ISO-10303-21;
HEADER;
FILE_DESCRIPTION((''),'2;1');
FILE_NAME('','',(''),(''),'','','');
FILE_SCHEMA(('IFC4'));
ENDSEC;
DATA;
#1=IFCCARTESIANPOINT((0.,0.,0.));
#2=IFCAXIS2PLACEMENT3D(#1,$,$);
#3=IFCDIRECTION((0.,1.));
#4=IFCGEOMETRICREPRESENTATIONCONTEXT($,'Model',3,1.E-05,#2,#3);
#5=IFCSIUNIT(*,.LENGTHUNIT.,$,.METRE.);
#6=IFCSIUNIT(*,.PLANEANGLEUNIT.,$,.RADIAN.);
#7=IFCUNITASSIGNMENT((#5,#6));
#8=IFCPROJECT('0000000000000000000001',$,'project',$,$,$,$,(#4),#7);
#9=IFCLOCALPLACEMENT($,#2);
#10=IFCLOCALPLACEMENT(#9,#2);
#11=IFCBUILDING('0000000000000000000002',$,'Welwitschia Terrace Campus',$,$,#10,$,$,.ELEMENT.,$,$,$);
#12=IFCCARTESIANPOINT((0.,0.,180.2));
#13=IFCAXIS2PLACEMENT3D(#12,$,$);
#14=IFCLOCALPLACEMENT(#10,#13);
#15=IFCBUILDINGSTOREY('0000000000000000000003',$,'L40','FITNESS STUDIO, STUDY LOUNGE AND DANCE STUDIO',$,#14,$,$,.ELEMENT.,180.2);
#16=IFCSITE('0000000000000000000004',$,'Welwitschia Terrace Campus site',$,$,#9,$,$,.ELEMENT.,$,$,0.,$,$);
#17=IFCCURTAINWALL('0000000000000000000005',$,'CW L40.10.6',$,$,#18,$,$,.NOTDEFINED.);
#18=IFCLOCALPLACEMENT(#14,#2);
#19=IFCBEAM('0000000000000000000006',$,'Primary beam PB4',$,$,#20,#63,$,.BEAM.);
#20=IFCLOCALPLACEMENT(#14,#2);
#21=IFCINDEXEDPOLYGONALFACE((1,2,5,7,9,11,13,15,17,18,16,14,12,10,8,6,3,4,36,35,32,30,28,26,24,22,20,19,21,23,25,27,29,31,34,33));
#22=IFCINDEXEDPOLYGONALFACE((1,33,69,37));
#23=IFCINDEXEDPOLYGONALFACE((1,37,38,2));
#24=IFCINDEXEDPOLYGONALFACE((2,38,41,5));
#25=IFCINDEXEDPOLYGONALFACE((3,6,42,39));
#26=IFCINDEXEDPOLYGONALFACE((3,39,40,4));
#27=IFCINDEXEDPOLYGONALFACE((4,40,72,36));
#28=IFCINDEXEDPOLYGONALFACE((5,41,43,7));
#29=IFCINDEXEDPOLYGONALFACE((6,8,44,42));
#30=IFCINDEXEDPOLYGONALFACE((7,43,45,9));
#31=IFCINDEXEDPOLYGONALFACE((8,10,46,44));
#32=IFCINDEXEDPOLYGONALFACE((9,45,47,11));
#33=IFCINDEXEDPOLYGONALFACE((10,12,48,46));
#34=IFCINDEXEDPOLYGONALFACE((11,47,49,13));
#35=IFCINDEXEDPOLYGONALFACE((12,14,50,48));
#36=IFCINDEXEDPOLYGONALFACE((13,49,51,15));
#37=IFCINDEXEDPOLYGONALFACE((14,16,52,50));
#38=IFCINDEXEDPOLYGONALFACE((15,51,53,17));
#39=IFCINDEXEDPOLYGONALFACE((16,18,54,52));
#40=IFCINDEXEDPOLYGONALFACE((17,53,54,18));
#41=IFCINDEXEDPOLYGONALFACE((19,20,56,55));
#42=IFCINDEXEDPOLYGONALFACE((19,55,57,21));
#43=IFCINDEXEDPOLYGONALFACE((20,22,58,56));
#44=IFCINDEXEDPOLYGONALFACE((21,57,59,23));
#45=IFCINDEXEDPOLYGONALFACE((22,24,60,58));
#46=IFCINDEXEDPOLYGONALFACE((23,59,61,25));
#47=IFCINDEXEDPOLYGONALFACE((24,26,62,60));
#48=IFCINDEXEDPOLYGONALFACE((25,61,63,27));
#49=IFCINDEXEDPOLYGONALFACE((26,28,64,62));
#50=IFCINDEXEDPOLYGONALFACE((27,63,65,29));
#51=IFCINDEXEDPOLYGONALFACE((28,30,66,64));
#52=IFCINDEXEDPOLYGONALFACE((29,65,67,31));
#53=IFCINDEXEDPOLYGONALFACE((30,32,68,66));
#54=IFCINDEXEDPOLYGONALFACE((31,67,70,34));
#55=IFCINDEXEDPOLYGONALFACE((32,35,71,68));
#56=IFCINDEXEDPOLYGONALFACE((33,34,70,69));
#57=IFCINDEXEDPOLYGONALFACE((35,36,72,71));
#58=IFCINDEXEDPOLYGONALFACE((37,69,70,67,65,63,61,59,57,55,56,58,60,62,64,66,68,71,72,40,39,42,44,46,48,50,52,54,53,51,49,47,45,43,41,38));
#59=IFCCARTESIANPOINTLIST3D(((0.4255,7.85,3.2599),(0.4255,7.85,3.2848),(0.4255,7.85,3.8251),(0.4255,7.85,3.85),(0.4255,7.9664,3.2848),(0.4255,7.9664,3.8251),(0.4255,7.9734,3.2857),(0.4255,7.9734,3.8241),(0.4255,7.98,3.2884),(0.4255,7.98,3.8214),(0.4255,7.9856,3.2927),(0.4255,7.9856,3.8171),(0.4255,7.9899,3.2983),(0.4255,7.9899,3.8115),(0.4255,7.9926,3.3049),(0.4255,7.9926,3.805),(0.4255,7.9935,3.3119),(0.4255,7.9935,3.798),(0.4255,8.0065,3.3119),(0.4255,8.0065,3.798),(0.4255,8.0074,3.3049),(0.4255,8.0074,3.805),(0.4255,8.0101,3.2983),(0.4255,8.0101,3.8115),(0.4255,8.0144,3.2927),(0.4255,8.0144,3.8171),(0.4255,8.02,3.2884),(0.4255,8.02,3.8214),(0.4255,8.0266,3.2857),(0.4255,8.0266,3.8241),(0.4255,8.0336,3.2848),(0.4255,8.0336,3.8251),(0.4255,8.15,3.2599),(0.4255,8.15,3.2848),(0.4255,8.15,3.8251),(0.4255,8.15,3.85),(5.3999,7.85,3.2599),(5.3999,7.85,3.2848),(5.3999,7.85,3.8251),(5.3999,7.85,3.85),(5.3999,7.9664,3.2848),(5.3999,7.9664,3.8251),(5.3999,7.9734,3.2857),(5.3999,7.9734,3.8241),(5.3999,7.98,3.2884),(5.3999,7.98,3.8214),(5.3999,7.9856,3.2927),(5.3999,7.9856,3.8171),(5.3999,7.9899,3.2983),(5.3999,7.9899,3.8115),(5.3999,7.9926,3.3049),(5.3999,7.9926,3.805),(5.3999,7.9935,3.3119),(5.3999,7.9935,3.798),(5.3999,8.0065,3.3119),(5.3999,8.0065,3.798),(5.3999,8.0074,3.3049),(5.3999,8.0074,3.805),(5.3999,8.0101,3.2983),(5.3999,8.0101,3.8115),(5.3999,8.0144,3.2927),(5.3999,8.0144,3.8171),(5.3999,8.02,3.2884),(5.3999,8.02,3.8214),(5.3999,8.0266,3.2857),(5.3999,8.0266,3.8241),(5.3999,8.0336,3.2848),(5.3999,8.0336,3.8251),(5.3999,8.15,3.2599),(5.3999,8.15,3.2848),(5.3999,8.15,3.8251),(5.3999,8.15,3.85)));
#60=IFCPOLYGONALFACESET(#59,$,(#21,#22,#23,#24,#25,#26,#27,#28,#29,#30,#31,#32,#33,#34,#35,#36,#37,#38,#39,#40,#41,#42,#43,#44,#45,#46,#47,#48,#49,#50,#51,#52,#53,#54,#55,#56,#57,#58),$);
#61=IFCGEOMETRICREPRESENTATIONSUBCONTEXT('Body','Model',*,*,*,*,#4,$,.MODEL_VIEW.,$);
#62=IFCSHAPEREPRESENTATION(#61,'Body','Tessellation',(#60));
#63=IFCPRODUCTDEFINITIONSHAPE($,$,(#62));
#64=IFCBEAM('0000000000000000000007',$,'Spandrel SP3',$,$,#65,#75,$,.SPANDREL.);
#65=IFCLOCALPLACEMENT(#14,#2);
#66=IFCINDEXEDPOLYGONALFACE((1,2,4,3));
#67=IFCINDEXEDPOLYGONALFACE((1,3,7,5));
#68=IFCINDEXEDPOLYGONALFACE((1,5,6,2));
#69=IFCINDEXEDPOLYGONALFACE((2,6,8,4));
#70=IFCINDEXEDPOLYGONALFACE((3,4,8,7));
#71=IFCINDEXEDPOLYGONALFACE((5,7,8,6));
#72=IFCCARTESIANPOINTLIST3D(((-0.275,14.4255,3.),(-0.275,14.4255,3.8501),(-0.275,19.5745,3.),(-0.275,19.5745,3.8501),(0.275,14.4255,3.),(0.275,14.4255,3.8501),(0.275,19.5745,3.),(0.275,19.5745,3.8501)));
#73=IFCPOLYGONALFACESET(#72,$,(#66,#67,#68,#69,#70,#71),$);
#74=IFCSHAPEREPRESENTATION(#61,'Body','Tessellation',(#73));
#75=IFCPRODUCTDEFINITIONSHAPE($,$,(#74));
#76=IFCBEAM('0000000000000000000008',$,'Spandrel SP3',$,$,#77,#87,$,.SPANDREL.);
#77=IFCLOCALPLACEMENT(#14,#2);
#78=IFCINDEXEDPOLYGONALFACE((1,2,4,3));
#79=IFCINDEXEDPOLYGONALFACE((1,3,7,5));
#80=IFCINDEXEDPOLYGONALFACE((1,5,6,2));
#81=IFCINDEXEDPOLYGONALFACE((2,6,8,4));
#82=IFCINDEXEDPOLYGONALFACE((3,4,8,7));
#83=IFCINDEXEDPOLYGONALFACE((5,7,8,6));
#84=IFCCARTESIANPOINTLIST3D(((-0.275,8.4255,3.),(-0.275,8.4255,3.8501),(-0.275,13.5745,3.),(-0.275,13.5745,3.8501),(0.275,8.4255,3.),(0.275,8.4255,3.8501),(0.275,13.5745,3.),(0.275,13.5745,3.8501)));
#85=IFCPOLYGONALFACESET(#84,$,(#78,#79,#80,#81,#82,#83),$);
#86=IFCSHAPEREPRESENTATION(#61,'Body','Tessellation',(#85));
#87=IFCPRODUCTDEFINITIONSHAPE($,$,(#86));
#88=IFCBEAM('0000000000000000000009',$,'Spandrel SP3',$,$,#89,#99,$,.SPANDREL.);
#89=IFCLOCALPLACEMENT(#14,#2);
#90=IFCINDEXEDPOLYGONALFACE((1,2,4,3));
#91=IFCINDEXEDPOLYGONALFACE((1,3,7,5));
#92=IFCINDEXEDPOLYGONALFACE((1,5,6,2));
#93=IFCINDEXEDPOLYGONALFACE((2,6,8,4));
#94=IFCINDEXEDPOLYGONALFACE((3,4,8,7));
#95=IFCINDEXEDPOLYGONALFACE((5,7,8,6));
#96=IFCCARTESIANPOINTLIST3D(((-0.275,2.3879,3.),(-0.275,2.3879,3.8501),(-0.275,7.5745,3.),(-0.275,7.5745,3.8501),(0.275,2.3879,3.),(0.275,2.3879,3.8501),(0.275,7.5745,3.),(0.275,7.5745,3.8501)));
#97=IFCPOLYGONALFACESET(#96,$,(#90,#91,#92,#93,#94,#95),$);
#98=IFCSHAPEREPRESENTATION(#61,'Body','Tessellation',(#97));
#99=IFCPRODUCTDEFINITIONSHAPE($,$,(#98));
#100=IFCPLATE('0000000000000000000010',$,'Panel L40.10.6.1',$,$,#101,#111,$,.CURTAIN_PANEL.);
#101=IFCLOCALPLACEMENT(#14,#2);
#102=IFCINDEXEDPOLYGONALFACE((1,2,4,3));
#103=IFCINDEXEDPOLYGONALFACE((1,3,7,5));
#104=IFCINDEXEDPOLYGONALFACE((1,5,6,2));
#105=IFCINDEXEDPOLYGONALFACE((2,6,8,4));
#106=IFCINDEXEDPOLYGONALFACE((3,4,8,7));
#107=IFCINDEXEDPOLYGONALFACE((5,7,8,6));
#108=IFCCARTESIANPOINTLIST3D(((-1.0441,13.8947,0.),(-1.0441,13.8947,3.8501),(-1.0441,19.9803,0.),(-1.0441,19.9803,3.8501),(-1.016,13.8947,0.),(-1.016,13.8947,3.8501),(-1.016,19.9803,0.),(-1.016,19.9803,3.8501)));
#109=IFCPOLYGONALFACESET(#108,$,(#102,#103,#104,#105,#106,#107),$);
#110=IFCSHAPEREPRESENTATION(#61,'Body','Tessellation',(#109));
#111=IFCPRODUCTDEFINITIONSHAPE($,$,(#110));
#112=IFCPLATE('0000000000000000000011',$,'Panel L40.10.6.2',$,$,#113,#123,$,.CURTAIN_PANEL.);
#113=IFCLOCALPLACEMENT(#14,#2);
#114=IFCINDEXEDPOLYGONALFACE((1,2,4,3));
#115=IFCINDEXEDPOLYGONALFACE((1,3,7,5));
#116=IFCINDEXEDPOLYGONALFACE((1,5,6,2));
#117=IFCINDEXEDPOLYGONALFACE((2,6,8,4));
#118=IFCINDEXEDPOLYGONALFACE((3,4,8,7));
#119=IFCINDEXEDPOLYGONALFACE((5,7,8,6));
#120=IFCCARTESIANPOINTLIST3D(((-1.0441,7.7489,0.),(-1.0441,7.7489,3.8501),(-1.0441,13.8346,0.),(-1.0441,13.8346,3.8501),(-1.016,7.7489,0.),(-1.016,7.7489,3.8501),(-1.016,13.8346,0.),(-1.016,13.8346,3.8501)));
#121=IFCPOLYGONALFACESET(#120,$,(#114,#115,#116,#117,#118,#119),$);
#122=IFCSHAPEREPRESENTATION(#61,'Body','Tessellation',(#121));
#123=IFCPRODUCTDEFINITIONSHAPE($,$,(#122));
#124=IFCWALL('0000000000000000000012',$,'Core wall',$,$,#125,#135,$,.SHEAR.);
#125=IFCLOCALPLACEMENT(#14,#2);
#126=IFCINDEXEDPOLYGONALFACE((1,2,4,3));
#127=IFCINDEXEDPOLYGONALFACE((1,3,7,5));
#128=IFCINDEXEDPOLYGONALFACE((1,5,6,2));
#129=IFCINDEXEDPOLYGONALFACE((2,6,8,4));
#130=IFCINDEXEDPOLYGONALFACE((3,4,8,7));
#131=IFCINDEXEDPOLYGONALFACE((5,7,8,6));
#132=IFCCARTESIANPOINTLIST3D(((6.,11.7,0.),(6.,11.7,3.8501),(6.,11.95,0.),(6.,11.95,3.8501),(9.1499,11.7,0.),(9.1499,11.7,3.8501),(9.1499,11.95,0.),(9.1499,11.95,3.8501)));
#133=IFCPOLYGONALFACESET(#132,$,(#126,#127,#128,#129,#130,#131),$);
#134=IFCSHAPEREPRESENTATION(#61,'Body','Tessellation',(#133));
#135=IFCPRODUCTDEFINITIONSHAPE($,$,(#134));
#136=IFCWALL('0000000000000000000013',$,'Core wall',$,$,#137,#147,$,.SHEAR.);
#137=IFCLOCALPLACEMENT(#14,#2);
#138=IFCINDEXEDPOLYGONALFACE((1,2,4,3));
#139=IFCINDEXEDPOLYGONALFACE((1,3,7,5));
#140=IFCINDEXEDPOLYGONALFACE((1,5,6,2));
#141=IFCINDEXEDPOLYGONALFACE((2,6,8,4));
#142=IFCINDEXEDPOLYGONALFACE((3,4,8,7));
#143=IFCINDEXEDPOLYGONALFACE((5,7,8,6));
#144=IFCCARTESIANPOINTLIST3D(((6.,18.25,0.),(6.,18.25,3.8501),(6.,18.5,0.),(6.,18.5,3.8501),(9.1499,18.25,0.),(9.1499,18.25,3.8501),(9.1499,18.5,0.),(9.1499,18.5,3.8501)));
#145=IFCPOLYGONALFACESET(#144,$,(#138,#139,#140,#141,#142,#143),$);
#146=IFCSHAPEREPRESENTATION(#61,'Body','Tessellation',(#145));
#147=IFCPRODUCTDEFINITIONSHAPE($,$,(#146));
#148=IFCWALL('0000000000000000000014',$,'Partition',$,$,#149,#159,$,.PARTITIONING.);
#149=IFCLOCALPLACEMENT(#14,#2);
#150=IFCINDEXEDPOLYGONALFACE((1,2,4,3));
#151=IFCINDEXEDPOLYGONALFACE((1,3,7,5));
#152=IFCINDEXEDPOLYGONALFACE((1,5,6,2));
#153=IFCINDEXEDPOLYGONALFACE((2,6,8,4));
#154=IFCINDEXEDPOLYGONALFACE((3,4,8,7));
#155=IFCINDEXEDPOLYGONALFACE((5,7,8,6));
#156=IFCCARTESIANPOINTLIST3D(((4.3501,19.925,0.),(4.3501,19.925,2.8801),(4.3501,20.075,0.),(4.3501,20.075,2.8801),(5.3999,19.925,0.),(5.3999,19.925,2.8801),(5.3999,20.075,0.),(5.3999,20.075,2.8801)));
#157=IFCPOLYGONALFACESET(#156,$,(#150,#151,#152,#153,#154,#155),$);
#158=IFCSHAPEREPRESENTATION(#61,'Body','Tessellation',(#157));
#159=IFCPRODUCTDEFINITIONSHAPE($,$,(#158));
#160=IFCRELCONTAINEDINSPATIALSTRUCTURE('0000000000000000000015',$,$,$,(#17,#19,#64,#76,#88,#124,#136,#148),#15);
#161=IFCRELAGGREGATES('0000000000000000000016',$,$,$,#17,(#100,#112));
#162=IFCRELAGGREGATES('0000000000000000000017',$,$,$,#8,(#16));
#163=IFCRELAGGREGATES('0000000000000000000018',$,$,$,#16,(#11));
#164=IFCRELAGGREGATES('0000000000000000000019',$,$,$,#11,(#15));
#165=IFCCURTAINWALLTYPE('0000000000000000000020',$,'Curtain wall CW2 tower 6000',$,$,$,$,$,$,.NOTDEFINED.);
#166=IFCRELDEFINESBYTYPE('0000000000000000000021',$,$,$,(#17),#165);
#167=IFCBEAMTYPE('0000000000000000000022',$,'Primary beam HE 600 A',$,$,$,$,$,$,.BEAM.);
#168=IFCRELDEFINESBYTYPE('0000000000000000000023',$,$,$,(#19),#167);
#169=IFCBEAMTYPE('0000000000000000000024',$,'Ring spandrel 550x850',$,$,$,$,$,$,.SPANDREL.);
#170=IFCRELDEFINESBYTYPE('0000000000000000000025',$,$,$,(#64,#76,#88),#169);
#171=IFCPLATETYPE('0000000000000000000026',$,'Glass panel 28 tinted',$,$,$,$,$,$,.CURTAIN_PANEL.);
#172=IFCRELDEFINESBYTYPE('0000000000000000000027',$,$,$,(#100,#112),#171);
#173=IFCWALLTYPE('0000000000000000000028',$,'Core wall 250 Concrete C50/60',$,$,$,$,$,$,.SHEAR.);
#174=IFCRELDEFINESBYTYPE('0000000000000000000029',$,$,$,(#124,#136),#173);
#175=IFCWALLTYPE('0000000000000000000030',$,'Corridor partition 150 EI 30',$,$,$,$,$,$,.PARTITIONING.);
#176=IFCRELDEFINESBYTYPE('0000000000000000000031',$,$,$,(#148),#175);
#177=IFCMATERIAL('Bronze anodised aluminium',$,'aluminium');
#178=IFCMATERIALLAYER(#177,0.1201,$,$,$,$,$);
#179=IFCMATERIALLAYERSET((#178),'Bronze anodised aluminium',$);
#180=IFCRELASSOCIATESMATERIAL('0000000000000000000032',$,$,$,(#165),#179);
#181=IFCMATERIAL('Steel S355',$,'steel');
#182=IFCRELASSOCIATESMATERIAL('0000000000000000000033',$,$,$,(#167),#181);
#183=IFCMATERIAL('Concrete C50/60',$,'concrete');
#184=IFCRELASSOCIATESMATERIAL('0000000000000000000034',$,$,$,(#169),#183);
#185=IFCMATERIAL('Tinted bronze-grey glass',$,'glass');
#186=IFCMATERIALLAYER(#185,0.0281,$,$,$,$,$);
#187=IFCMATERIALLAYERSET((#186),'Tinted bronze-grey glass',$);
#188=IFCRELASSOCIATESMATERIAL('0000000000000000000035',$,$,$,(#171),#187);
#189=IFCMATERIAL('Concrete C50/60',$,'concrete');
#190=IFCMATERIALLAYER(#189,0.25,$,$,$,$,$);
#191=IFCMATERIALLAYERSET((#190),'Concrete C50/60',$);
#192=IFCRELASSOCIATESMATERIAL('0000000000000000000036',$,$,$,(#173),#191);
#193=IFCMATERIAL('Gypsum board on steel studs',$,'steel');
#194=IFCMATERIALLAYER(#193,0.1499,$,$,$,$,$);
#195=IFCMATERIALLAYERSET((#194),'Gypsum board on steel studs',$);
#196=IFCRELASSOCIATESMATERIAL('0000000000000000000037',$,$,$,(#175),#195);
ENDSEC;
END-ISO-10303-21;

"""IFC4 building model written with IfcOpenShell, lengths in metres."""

from ifc_helpers import new_model, si_unit, direction, frame, frame_2d, origin, origin_2d, place, context, subcontext, project, spatial, rectangle, i_section, extrude, material, layer, layer_set, material_profile, profile_set, type_object, element, aggregate, save


model = new_model("IFC4")

# Units and contexts
model_context = context("Model", 3, precision=1e-05, world=origin(), true_north=direction((0.0, 1.0)))
body_context = subcontext(model_context, "Body", "Model", "MODEL_VIEW")
ifc_project = project(units=[si_unit("LENGTHUNIT", "METRE"), si_unit("PLANEANGLEUNIT", "RADIAN")], contexts=[model_context])

# Site, building, storey
site_placement = place(None, origin())
site = spatial("IfcSite", under=ifc_project, at=site_placement, Name="Welwitschia Terrace Campus site", CompositionType="ELEMENT", RefElevation=0.0)
building_placement = place(site_placement, origin())
building = spatial("IfcBuilding", under=site, at=building_placement, Name="Welwitschia Terrace Campus", CompositionType="ELEMENT")
storey_placement = place(building_placement, frame((0.0, 0.0, 180.2)))
storey = spatial("IfcBuildingStorey", under=building, at=storey_placement, Name="L40", Description="FITNESS STUDIO, STUDY LOUNGE AND DANCE STUDIO", CompositionType="ELEMENT", Elevation=180.2)

# Curtain wall
ifc_material_1 = material(Name="Bronze anodised aluminium", Category="aluminium")
ifc_layer_1 = layer(ifc_material_1, 0.1201)
ifc_layer_set_1 = layer_set([ifc_layer_1], Name="Bronze anodised aluminium")
curtain_wall_type = type_object("IfcCurtainWallType", Name="Curtain wall CW2 tower 6000", PredefinedType="NOTDEFINED", material=ifc_layer_set_1)
curtain_wall_placement = place(storey_placement, origin())
curtain_wall = element("IfcCurtainWall", 1, at=curtain_wall_placement, inside=storey, type_object=curtain_wall_type, Name="CW L40.10.6", PredefinedType="NOTDEFINED")

# Beams
ifc_material_2 = material(Name="Steel S355", Category="steel")
ifc_material_profile_1 = material_profile(ifc_material_2, i_section(OverallWidth=0.3, OverallDepth=0.5901, WebThickness=0.0129, FlangeThickness=0.0249, FilletRadius=0.0271, at=origin_2d()))
ifc_profile_set_1 = profile_set([ifc_material_profile_1], Name="Steel S355")
beam_type_1 = type_object("IfcBeamType", Name="Primary beam HE 600 A", PredefinedType="BEAM", material=ifc_profile_set_1)
for number, where, z_axis, x_axis, name in (
    (2, (0.4255, 8.0, 3.5549), (1.0, 0.0, 0.0), (0.0, 1.0, 0.0), "Primary beam PB4"),
):
    element("IfcBeam", number, at=place(storey_placement, frame(where, z_axis=z_axis, x_axis=x_axis)), inside=storey, type_object=beam_type_1, Name=name, PredefinedType="BEAM", context=body_context, shape_type="SweptSolid", body=[
        extrude(i_section(OverallWidth=0.3, OverallDepth=0.5901, WebThickness=0.0129, FlangeThickness=0.0249, FilletRadius=0.0271, at=origin_2d()), origin(), (0.0, 0.0, 1.0), 4.9744),
    ])
ifc_material_3 = material(Name="Concrete C50/60", Category="concrete")
ifc_material_profile_2 = material_profile(ifc_material_3, rectangle(XDim=0.55, YDim=0.8501, at=origin_2d()))
ifc_profile_set_2 = profile_set([ifc_material_profile_2], Name="Concrete C50/60")
beam_type_2 = type_object("IfcBeamType", Name="Ring spandrel 550x850", PredefinedType="SPANDREL", material=ifc_profile_set_2)
for number, where, z_axis, x_axis, name in (
    (3, (0.0, 19.5745, 3.425), (0.0, -1.0, 0.0), (1.0, 0.0, 0.0), "Spandrel SP3"),
    (4, (0.0, 13.5745, 3.425), (0.0, -1.0, 0.0), (1.0, 0.0, 0.0), "Spandrel SP3"),
):
    element("IfcBeam", number, at=place(storey_placement, frame(where, z_axis=z_axis, x_axis=x_axis)), inside=storey, type_object=beam_type_2, Name=name, PredefinedType="SPANDREL", context=body_context, shape_type="SweptSolid", body=[
        extrude(rectangle(XDim=0.55, YDim=0.8501, at=origin_2d()), origin(), (0.0, 0.0, 1.0), 5.1489),
    ])
beam_1_placement = place(storey_placement, frame((0.0, 7.5745, 3.425), z_axis=(0.0, -1.0, 0.0), x_axis=(1.0, 0.0, 0.0)))
element("IfcBeam", 5, at=beam_1_placement, inside=storey, type_object=beam_type_2, Name="Spandrel SP3", PredefinedType="SPANDREL", context=body_context, shape_type="SweptSolid", body=[
    extrude(rectangle(XDim=0.55, YDim=0.8501, at=origin_2d()), origin(), (0.0, 0.0, 1.0), 5.1865),
])

# Plates
ifc_material_4 = material(Name="Tinted bronze-grey glass", Category="glass")
ifc_layer_2 = layer(ifc_material_4, 0.0281)
ifc_layer_set_2 = layer_set([ifc_layer_2], Name="Tinted bronze-grey glass")
plate_type = type_object("IfcPlateType", Name="Glass panel 28 tinted", PredefinedType="CURTAIN_PANEL", material=ifc_layer_set_2)
plate_1_placement = place(storey_placement, frame((-1.03, 16.9375, 0.0), z_axis=(0.0, 0.0, 1.0), x_axis=(0.0, -1.0, 0.0)))
plate_1 = element("IfcPlate", 6, at=plate_1_placement, type_object=plate_type, Name="Panel L40.10.6.1", PredefinedType="CURTAIN_PANEL", context=body_context, shape_type="SweptSolid", body=[
    extrude(rectangle(XDim=6.0857, YDim=0.0281, at=origin_2d()), origin(), (0.0, 0.0, 1.0), 3.8501),
])
plate_2_placement = place(storey_placement, frame((-1.03, 10.7917, 0.0), z_axis=(0.0, 0.0, 1.0), x_axis=(0.0, -1.0, 0.0)))
plate_2 = element("IfcPlate", 7, at=plate_2_placement, type_object=plate_type, Name="Panel L40.10.6.2", PredefinedType="CURTAIN_PANEL", context=body_context, shape_type="SweptSolid", body=[
    extrude(rectangle(XDim=6.0857, YDim=0.0281, at=origin_2d()), origin(), (0.0, 0.0, 1.0), 3.8501),
])
aggregate(curtain_wall, [plate_1, plate_2])

# Walls
ifc_material_5 = material(Name="Concrete C50/60", Category="concrete")
ifc_layer_3 = layer(ifc_material_5, 0.25)
ifc_layer_set_3 = layer_set([ifc_layer_3], Name="Concrete C50/60")
wall_type_1 = type_object("IfcWallType", Name="Core wall 250 Concrete C50/60", PredefinedType="SHEAR", material=ifc_layer_set_3)
for number, where, z_axis, x_axis, name in (
    (8, (6.0, 11.825, 0.0), (0.0, 0.0, 1.0), (1.0, 0.0, 0.0), "Core wall"),
    (9, (6.0, 18.375, 0.0), (0.0, 0.0, 1.0), (1.0, 0.0, 0.0), "Core wall"),
):
    element("IfcWall", number, at=place(storey_placement, frame(where, z_axis=z_axis, x_axis=x_axis)), inside=storey, type_object=wall_type_1, Name=name, PredefinedType="SHEAR", context=body_context, shape_type="SweptSolid", body=[
        extrude(rectangle(XDim=3.1499, YDim=0.25, at=frame_2d((1.575, 0.0))), origin(), (0.0, 0.0, 1.0), 3.8501),
    ])
ifc_material_6 = material(Name="Gypsum board on steel studs", Category="steel")
ifc_layer_4 = layer(ifc_material_6, 0.1499)
ifc_layer_set_4 = layer_set([ifc_layer_4], Name="Gypsum board on steel studs")
wall_type_2 = type_object("IfcWallType", Name="Corridor partition 150 EI 30", PredefinedType="PARTITIONING", material=ifc_layer_set_4)
wall_placement = place(storey_placement, frame((4.3501, 20.0, 0.0), z_axis=(0.0, 0.0, 1.0), x_axis=(1.0, 0.0, 0.0)))
element("IfcWall", 10, at=wall_placement, inside=storey, type_object=wall_type_2, Name="Partition", PredefinedType="PARTITIONING", context=body_context, shape_type="SweptSolid", body=[
    extrude(rectangle(XDim=1.0498, YDim=0.1499, at=frame_2d((0.5249, 0.0))), origin(), (0.0, 0.0, 1.0), 2.8801),
])

save(model, "model.ifc")
